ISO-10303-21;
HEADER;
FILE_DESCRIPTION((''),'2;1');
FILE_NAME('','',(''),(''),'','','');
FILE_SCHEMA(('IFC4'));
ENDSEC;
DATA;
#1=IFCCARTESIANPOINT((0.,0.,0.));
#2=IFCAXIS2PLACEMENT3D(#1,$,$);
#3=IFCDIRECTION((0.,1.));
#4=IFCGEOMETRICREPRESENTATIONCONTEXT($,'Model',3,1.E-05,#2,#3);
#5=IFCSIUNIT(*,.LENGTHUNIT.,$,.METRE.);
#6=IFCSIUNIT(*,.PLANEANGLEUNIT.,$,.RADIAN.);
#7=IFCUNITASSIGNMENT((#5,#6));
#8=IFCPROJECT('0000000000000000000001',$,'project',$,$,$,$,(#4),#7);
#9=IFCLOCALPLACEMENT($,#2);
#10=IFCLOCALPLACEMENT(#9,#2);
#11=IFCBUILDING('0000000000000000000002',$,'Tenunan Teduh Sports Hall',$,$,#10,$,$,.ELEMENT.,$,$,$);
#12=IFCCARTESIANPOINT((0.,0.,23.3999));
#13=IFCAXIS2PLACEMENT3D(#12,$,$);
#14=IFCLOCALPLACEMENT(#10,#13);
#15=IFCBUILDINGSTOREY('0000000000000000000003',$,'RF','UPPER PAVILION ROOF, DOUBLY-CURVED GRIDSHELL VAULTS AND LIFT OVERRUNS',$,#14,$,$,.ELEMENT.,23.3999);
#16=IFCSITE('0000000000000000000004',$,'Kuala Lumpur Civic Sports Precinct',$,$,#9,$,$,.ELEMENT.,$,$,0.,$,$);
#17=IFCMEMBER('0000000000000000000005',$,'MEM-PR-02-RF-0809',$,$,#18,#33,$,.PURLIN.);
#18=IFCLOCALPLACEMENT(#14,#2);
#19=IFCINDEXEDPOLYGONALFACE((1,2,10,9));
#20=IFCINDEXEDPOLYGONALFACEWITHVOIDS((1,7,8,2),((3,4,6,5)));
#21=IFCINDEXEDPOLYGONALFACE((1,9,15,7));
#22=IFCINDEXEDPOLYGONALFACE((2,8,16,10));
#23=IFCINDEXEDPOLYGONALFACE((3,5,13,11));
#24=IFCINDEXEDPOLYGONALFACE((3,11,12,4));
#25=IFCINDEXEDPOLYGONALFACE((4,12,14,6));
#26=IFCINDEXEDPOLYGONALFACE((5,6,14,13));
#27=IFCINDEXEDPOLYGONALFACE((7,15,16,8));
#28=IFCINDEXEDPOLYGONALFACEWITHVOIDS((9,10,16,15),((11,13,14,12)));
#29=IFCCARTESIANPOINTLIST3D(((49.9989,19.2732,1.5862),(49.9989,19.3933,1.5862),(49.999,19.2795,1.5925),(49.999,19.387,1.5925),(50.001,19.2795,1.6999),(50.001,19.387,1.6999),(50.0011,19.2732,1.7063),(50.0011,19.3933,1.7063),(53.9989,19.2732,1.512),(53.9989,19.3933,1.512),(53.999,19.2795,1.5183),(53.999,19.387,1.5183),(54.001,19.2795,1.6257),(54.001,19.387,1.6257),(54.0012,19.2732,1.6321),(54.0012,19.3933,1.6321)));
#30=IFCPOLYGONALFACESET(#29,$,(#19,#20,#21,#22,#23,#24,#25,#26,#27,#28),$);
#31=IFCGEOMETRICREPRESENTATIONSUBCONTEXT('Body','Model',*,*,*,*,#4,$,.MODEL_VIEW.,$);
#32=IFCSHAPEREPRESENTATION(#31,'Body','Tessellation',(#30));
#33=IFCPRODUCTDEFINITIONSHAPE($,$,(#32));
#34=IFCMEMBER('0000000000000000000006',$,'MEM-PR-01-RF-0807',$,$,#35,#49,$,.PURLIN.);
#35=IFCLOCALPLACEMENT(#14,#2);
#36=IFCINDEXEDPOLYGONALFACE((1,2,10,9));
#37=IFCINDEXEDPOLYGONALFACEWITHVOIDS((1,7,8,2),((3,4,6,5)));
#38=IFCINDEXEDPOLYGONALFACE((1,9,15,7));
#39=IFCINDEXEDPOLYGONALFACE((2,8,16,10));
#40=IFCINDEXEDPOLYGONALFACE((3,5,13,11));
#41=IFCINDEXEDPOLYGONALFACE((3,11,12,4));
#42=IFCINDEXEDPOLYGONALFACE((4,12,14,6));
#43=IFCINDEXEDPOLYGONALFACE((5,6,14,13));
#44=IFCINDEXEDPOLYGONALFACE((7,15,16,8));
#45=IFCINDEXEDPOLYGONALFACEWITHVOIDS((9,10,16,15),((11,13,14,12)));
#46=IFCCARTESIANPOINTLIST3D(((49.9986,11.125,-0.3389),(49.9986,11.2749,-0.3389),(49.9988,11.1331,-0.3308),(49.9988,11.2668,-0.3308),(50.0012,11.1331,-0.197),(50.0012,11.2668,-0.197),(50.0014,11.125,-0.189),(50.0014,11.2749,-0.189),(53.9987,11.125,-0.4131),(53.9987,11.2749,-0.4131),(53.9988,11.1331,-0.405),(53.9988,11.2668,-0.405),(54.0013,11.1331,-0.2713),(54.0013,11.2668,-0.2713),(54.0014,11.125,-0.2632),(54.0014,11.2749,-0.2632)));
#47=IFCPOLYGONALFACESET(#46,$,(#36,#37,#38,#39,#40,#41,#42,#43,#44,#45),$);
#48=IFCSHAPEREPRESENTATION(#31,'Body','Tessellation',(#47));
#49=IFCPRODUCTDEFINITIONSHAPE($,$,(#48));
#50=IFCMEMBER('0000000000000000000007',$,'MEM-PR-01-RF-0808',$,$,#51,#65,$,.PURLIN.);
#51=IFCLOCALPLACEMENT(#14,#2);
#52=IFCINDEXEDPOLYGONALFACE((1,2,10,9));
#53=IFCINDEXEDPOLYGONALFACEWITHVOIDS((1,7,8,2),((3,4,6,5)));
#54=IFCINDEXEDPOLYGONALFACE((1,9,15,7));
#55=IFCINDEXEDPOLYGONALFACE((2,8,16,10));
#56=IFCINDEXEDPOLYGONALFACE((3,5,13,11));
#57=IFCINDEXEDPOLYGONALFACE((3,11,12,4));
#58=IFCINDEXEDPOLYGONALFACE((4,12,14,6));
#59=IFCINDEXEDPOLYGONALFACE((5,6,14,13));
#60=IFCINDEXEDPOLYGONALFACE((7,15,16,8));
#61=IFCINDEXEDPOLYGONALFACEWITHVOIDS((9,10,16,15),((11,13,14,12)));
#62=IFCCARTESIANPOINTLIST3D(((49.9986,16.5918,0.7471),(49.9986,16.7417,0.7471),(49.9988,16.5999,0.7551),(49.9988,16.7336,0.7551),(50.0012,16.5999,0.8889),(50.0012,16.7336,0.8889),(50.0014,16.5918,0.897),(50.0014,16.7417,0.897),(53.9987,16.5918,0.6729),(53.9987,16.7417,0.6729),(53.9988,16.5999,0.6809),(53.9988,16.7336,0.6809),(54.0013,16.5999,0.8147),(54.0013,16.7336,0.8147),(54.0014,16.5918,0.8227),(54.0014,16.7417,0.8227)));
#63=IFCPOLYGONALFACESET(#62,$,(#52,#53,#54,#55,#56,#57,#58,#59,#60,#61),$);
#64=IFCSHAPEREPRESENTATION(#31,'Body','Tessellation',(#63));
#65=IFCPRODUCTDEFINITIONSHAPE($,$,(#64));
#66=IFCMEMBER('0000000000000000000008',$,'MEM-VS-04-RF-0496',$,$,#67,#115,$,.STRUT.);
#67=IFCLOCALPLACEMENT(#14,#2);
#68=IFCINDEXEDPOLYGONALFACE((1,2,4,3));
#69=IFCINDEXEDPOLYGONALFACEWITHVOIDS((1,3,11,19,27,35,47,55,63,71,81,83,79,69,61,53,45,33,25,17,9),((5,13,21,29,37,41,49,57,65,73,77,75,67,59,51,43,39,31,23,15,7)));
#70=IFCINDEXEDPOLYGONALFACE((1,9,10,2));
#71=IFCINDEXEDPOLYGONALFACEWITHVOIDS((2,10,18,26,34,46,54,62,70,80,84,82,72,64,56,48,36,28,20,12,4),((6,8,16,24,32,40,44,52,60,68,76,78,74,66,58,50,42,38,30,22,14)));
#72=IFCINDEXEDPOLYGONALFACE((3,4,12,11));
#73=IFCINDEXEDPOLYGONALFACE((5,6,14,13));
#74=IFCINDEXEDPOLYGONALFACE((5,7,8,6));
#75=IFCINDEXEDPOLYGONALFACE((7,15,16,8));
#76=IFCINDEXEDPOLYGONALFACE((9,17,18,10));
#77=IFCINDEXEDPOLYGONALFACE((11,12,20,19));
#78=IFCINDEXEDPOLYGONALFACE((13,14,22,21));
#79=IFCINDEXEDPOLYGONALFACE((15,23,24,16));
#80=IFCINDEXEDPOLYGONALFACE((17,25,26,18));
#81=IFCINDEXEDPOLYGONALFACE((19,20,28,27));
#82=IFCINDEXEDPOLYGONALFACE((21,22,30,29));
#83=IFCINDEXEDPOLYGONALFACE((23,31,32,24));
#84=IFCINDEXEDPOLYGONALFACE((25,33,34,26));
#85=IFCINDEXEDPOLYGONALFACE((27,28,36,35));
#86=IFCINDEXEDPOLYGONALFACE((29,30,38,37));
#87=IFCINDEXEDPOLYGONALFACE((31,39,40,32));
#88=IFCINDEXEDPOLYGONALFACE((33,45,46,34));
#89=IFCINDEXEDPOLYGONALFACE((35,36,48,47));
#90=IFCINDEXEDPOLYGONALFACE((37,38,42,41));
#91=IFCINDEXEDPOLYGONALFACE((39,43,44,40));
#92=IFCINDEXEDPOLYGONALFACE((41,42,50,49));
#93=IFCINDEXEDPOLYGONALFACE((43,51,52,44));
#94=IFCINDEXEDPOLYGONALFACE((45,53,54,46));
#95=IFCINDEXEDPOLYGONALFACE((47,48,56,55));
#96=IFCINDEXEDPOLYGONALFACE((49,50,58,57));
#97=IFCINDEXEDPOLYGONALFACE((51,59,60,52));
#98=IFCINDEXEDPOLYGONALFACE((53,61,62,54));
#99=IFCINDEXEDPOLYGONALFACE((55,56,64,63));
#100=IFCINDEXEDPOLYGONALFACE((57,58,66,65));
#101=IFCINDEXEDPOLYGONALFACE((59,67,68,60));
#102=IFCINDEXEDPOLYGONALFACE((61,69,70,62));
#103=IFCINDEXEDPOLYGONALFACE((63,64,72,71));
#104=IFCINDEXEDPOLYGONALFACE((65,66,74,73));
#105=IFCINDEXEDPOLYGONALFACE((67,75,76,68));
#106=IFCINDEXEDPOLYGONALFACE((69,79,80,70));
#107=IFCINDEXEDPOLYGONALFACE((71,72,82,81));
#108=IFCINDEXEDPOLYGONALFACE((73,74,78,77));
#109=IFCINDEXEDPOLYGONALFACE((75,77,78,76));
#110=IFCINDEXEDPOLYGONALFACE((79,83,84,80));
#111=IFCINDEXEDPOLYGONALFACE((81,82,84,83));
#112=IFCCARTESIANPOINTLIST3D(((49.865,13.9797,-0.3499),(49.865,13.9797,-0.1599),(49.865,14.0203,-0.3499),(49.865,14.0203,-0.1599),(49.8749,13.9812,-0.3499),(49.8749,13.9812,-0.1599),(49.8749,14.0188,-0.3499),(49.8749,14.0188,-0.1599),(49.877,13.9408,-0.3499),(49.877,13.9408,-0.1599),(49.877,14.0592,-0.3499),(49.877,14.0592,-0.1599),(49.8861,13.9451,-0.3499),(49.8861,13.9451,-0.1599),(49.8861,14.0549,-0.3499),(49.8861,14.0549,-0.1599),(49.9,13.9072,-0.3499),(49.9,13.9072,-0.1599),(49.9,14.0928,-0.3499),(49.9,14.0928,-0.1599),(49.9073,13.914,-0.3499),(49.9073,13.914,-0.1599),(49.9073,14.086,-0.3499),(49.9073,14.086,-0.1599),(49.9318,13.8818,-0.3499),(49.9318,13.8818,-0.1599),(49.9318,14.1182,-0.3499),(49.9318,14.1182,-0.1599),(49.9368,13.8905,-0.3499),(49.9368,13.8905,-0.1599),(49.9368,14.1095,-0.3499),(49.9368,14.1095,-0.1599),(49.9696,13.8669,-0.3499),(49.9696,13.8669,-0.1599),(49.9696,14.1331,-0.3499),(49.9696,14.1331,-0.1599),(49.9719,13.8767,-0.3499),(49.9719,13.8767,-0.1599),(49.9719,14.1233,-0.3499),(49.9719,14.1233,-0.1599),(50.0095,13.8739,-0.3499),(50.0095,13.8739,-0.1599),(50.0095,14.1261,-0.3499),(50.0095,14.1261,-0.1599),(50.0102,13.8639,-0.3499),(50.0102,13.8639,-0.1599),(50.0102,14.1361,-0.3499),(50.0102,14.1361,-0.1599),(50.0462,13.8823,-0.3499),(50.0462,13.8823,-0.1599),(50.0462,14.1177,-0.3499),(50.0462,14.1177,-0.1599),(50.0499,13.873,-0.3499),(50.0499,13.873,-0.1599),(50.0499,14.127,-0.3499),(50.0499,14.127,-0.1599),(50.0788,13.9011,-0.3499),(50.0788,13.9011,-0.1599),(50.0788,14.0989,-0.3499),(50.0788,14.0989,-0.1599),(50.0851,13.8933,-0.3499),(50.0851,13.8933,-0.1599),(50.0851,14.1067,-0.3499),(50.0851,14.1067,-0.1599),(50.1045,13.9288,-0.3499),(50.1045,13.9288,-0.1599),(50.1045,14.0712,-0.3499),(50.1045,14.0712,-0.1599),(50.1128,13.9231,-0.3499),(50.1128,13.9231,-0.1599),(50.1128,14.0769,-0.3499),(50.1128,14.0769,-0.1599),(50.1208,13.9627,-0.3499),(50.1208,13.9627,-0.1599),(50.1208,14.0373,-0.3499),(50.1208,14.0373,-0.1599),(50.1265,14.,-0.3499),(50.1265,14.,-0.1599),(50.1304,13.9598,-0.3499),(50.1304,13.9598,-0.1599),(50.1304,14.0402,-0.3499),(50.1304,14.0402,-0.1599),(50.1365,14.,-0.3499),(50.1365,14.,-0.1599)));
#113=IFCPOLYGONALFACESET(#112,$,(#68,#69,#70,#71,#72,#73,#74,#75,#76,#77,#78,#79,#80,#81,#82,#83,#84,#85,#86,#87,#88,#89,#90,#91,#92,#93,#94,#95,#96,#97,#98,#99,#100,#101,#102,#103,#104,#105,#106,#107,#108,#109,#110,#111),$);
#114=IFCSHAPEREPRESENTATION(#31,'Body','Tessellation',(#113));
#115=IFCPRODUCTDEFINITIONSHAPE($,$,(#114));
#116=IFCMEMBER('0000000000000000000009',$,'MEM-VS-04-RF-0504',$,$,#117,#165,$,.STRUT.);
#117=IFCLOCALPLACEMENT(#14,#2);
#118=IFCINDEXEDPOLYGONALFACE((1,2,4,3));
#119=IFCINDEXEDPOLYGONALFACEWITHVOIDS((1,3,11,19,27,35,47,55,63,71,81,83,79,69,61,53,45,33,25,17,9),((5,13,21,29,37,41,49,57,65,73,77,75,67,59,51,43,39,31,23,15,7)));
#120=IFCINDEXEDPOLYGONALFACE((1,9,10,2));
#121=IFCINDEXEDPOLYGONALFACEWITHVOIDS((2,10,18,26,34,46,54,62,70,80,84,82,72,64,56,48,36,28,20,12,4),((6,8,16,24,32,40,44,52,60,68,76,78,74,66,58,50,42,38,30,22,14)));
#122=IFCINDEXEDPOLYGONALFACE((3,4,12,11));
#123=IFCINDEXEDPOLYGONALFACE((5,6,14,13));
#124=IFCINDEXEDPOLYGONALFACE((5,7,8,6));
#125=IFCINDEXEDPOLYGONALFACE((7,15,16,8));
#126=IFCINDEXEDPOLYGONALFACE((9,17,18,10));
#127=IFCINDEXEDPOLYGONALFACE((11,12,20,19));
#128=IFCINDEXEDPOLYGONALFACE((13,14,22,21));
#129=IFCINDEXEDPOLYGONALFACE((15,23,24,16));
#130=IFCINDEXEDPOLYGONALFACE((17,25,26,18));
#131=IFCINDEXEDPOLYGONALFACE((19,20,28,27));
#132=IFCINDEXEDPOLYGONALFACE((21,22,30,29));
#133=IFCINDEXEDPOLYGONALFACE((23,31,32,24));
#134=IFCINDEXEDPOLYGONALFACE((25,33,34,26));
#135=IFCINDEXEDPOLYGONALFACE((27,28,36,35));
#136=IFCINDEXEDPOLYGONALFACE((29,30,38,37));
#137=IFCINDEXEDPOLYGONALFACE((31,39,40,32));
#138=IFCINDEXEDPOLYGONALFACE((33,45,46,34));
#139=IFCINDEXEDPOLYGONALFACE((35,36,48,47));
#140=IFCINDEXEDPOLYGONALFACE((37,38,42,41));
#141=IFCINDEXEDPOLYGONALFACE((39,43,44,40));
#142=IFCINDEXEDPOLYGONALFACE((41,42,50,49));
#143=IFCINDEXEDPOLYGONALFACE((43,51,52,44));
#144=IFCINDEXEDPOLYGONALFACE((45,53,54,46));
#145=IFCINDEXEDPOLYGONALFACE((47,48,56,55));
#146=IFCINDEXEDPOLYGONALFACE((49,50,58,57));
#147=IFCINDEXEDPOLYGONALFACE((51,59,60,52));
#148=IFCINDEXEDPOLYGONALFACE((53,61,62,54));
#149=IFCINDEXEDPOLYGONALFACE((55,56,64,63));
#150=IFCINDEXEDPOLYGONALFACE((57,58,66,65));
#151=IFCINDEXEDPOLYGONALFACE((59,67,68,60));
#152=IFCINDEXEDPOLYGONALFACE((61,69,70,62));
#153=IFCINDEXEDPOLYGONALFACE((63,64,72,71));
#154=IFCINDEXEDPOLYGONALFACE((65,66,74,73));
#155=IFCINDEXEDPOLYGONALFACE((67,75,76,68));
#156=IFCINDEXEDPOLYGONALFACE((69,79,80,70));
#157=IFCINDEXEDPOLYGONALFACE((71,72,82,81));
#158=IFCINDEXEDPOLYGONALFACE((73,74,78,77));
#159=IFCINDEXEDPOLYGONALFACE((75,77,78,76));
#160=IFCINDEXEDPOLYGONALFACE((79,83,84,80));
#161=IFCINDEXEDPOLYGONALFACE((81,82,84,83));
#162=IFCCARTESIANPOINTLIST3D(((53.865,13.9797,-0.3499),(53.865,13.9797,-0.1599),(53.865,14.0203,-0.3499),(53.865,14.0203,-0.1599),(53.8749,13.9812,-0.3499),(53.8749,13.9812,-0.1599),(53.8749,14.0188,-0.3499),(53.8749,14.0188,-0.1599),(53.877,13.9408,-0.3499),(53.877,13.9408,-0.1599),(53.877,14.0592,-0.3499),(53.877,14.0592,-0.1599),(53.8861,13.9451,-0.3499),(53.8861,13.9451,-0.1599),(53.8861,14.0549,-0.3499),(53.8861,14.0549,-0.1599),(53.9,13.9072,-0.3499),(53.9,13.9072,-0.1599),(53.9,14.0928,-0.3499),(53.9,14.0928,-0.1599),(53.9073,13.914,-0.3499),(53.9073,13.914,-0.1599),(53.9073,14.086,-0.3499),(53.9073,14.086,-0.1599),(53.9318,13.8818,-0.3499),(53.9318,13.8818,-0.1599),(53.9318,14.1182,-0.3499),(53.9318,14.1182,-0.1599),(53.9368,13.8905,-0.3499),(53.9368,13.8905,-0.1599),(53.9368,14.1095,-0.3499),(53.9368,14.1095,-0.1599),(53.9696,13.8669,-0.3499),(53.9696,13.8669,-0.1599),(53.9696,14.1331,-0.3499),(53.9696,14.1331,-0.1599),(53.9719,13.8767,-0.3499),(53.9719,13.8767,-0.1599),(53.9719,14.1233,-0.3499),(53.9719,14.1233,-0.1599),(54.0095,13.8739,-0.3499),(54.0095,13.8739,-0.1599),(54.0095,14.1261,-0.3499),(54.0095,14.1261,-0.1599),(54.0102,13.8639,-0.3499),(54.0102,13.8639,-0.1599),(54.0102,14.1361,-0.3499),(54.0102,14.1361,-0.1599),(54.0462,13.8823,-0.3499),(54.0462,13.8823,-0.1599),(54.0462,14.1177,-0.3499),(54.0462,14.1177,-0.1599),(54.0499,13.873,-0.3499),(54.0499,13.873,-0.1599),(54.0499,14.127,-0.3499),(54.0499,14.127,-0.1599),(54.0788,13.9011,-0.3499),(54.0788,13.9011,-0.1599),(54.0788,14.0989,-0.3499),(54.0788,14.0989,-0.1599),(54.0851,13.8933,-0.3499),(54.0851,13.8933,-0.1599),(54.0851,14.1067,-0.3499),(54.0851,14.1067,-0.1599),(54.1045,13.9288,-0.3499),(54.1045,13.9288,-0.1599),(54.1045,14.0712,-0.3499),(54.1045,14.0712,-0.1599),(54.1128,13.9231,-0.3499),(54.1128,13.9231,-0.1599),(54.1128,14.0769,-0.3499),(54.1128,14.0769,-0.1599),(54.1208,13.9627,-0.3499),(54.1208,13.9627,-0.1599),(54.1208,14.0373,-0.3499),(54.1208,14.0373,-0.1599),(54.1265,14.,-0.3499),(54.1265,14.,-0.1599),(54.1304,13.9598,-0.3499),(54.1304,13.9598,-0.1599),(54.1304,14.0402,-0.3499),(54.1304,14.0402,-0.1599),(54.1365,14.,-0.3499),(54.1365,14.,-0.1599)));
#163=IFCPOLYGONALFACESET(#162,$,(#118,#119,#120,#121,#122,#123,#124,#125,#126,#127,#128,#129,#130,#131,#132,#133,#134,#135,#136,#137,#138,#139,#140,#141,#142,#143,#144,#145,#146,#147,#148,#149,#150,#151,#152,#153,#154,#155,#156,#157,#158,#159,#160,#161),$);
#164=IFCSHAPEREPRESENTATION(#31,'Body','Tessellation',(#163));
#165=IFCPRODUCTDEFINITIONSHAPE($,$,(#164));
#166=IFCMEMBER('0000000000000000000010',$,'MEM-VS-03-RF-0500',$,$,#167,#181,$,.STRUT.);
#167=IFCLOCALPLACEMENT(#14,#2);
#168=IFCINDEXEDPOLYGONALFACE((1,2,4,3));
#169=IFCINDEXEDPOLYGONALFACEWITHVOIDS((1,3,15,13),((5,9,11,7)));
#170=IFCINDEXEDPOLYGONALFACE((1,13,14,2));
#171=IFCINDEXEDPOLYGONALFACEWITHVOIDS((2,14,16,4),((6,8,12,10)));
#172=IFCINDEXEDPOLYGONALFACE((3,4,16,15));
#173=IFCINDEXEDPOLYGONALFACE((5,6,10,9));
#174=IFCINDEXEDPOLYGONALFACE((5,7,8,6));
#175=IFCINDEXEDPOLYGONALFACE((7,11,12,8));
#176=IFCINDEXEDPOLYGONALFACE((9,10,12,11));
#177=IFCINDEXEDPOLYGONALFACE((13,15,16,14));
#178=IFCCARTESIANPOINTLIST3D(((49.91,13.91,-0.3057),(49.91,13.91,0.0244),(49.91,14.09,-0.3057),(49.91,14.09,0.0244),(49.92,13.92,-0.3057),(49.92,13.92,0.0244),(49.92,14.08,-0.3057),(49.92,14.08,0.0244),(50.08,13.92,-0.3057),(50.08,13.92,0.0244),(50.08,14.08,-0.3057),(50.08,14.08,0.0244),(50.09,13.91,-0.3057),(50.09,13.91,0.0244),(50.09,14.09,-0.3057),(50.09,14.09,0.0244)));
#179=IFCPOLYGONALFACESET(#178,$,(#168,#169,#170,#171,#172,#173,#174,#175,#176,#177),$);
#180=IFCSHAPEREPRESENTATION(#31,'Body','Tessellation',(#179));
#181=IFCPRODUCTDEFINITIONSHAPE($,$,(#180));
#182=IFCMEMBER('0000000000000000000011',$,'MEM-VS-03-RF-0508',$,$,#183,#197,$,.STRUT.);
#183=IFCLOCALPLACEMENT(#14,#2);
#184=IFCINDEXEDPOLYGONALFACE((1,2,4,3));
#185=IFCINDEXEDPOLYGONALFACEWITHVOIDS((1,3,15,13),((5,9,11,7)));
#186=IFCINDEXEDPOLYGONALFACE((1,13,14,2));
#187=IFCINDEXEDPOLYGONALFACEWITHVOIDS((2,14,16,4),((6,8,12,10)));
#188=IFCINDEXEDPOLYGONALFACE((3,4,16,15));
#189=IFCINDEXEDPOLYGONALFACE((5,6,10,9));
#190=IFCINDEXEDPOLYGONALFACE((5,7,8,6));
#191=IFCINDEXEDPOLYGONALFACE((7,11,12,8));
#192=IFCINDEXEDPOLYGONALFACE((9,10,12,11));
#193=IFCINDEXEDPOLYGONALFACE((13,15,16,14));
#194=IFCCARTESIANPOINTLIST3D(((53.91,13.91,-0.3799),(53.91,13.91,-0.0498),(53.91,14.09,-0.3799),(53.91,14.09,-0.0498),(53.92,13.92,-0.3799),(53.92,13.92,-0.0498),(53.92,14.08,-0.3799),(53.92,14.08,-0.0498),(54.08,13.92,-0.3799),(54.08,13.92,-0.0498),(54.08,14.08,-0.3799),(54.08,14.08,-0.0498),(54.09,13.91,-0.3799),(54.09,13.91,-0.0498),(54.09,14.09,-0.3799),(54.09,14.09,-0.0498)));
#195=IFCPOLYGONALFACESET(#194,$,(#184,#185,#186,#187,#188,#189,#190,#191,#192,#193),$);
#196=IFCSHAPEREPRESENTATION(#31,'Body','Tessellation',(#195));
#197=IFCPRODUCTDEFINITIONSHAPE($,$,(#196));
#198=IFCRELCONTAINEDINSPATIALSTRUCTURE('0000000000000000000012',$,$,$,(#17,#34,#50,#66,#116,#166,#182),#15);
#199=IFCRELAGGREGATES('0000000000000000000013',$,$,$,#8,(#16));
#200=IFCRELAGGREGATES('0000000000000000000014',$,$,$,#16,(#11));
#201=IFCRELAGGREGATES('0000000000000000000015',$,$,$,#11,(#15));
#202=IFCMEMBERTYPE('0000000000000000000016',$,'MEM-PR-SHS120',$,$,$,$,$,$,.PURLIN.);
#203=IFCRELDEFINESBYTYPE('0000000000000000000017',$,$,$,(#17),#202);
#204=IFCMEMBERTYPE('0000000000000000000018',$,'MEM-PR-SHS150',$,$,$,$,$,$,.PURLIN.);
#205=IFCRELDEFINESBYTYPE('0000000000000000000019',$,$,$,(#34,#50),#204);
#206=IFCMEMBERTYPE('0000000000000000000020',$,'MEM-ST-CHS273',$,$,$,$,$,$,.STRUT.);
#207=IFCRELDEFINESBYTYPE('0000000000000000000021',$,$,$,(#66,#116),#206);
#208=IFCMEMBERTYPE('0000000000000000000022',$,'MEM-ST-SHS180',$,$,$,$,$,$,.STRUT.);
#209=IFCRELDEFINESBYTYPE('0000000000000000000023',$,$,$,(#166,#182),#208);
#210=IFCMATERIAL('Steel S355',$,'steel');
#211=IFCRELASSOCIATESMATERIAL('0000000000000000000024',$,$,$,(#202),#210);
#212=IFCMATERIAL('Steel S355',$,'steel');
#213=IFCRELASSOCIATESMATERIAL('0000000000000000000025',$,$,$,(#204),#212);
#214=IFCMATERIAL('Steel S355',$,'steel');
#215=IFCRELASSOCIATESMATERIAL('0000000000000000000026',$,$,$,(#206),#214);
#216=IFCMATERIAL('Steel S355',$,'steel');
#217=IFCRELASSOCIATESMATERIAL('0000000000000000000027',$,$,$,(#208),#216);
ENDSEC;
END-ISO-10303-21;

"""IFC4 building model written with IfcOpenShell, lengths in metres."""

from ifc_helpers import new_model, si_unit, direction, frame, origin, origin_2d, place, context, subcontext, project, spatial, hollow_rectangle, hollow_circle, extrude, material, material_profile, profile_set, type_object, element, save


model = new_model("IFC4")

# Units and contexts
model_context = context("Model", 3, precision=1e-05, world=origin(), true_north=direction((0.0, 1.0)))
body_context = subcontext(model_context, "Body", "Model", "MODEL_VIEW")
ifc_project = project(units=[si_unit("LENGTHUNIT", "METRE"), si_unit("PLANEANGLEUNIT", "RADIAN")], contexts=[model_context])

# Site, building, storey
site_placement = place(None, origin())
site = spatial("IfcSite", under=ifc_project, at=site_placement, Name="Kuala Lumpur Civic Sports Precinct", CompositionType="ELEMENT", RefElevation=0.0)
building_placement = place(site_placement, origin())
building = spatial("IfcBuilding", under=site, at=building_placement, Name="Tenunan Teduh Sports Hall", CompositionType="ELEMENT")
storey_placement = place(building_placement, frame((0.0, 0.0, 23.3999)))
storey = spatial("IfcBuildingStorey", under=building, at=storey_placement, Name="RF", Description="UPPER PAVILION ROOF, DOUBLY-CURVED GRIDSHELL VAULTS AND LIFT OVERRUNS", CompositionType="ELEMENT", Elevation=23.3999)

# Members
ifc_material_1 = material(Name="Steel S355", Category="steel")
ifc_material_profile_1 = material_profile(ifc_material_1, hollow_rectangle(XDim=0.1201, YDim=0.1201, WallThickness=0.0063, at=origin_2d()), Name="SHS 120x120x6.3")
ifc_profile_set_1 = profile_set([ifc_material_profile_1], Name="Steel S355")
member_type_1 = type_object("IfcMemberType", Name="MEM-PR-SHS120", PredefinedType="PURLIN", material=ifc_profile_set_1)
member_1_placement = place(storey_placement, frame((50.0, 19.3333, 1.6462), z_axis=(0.999828, 0.0, -0.018551), x_axis=(0.0, 1.0, 0.0)))
element("IfcMember", 1, at=member_1_placement, inside=storey, type_object=member_type_1, Name="MEM-PR-02-RF-0809", PredefinedType="PURLIN", context=body_context, shape_type="SweptSolid", body=[
    extrude(hollow_rectangle(XDim=0.1201, YDim=0.1201, WallThickness=0.0063, at=origin_2d()), origin(), (0.0, 0.0, 1.0), 4.0007),
])
ifc_material_2 = material(Name="Steel S355", Category="steel")
ifc_material_profile_2 = material_profile(ifc_material_2, hollow_rectangle(XDim=0.1499, YDim=0.1499, WallThickness=0.0081, at=origin_2d()), Name="SHS 150x150x8.0")
ifc_profile_set_2 = profile_set([ifc_material_profile_2], Name="Steel S355")
member_type_2 = type_object("IfcMemberType", Name="MEM-PR-SHS150", PredefinedType="PURLIN", material=ifc_profile_set_2)
for number, where, z_axis, x_axis, name in (
    (2, (50.0, 11.2, -0.2639), (0.999828, 0.0, -0.018551), (0.0, 1.0, 0.0), "MEM-PR-01-RF-0807"),
    (3, (50.0, 16.6667, 0.822), (0.999828, 0.0, -0.018551), (0.0, 1.0, 0.0), "MEM-PR-01-RF-0808"),
):
    element("IfcMember", number, at=place(storey_placement, frame(where, z_axis=z_axis, x_axis=x_axis)), inside=storey, type_object=member_type_2, Name=name, PredefinedType="PURLIN", context=body_context, shape_type="SweptSolid", body=[
        extrude(hollow_rectangle(XDim=0.1499, YDim=0.1499, WallThickness=0.0081, at=origin_2d()), origin(), (0.0, 0.0, 1.0), 4.0007),
    ])
ifc_material_3 = material(Name="Steel S355", Category="steel")
ifc_material_profile_3 = material_profile(ifc_material_3, hollow_circle(Radius=0.1365, WallThickness=0.01, at=origin_2d()), Name="CHS 273.0x10.0")
ifc_profile_set_3 = profile_set([ifc_material_profile_3], Name="Steel S355")
member_type_3 = type_object("IfcMemberType", Name="MEM-ST-CHS273", PredefinedType="STRUT", material=ifc_profile_set_3)
for number, where, z_axis, x_axis, name in (
    (4, (50.0, 14.0, -0.3499), (0.0, 0.0, 1.0), (1.0, 0.0, 0.0), "MEM-VS-04-RF-0496"),
    (5, (54.0, 14.0, -0.3499), (0.0, 0.0, 1.0), (1.0, 0.0, 0.0), "MEM-VS-04-RF-0504"),
):
    element("IfcMember", number, at=place(storey_placement, frame(where, z_axis=z_axis, x_axis=x_axis)), inside=storey, type_object=member_type_3, Name=name, PredefinedType="STRUT", context=body_context, shape_type="SweptSolid", body=[
        extrude(hollow_circle(Radius=0.1365, WallThickness=0.01, at=origin_2d()), origin(), (0.0, 0.0, 1.0), 0.1899),
    ])
ifc_material_4 = material(Name="Steel S355", Category="steel")
ifc_material_profile_4 = material_profile(ifc_material_4, hollow_rectangle(XDim=0.1799, YDim=0.1799, WallThickness=0.01, at=origin_2d()), Name="SHS 180x180x10.0")
ifc_profile_set_4 = profile_set([ifc_material_profile_4], Name="Steel S355")
member_type_4 = type_object("IfcMemberType", Name="MEM-ST-SHS180", PredefinedType="STRUT", material=ifc_profile_set_4)
for number, where, z_axis, x_axis, name in (
    (6, (50.0, 14.0, -0.3057), (0.0, 0.0, 1.0), (1.0, 0.0, 0.0), "MEM-VS-03-RF-0500"),
    (7, (54.0, 14.0, -0.3799), (0.0, 0.0, 1.0), (1.0, 0.0, 0.0), "MEM-VS-03-RF-0508"),
):
    element("IfcMember", number, at=place(storey_placement, frame(where, z_axis=z_axis, x_axis=x_axis)), inside=storey, type_object=member_type_4, Name=name, PredefinedType="STRUT", context=body_context, shape_type="SweptSolid", body=[
        extrude(hollow_rectangle(XDim=0.1799, YDim=0.1799, WallThickness=0.01, at=origin_2d()), origin(), (0.0, 0.0, 1.0), 0.3301),
    ])

save(model, "model.ifc")
